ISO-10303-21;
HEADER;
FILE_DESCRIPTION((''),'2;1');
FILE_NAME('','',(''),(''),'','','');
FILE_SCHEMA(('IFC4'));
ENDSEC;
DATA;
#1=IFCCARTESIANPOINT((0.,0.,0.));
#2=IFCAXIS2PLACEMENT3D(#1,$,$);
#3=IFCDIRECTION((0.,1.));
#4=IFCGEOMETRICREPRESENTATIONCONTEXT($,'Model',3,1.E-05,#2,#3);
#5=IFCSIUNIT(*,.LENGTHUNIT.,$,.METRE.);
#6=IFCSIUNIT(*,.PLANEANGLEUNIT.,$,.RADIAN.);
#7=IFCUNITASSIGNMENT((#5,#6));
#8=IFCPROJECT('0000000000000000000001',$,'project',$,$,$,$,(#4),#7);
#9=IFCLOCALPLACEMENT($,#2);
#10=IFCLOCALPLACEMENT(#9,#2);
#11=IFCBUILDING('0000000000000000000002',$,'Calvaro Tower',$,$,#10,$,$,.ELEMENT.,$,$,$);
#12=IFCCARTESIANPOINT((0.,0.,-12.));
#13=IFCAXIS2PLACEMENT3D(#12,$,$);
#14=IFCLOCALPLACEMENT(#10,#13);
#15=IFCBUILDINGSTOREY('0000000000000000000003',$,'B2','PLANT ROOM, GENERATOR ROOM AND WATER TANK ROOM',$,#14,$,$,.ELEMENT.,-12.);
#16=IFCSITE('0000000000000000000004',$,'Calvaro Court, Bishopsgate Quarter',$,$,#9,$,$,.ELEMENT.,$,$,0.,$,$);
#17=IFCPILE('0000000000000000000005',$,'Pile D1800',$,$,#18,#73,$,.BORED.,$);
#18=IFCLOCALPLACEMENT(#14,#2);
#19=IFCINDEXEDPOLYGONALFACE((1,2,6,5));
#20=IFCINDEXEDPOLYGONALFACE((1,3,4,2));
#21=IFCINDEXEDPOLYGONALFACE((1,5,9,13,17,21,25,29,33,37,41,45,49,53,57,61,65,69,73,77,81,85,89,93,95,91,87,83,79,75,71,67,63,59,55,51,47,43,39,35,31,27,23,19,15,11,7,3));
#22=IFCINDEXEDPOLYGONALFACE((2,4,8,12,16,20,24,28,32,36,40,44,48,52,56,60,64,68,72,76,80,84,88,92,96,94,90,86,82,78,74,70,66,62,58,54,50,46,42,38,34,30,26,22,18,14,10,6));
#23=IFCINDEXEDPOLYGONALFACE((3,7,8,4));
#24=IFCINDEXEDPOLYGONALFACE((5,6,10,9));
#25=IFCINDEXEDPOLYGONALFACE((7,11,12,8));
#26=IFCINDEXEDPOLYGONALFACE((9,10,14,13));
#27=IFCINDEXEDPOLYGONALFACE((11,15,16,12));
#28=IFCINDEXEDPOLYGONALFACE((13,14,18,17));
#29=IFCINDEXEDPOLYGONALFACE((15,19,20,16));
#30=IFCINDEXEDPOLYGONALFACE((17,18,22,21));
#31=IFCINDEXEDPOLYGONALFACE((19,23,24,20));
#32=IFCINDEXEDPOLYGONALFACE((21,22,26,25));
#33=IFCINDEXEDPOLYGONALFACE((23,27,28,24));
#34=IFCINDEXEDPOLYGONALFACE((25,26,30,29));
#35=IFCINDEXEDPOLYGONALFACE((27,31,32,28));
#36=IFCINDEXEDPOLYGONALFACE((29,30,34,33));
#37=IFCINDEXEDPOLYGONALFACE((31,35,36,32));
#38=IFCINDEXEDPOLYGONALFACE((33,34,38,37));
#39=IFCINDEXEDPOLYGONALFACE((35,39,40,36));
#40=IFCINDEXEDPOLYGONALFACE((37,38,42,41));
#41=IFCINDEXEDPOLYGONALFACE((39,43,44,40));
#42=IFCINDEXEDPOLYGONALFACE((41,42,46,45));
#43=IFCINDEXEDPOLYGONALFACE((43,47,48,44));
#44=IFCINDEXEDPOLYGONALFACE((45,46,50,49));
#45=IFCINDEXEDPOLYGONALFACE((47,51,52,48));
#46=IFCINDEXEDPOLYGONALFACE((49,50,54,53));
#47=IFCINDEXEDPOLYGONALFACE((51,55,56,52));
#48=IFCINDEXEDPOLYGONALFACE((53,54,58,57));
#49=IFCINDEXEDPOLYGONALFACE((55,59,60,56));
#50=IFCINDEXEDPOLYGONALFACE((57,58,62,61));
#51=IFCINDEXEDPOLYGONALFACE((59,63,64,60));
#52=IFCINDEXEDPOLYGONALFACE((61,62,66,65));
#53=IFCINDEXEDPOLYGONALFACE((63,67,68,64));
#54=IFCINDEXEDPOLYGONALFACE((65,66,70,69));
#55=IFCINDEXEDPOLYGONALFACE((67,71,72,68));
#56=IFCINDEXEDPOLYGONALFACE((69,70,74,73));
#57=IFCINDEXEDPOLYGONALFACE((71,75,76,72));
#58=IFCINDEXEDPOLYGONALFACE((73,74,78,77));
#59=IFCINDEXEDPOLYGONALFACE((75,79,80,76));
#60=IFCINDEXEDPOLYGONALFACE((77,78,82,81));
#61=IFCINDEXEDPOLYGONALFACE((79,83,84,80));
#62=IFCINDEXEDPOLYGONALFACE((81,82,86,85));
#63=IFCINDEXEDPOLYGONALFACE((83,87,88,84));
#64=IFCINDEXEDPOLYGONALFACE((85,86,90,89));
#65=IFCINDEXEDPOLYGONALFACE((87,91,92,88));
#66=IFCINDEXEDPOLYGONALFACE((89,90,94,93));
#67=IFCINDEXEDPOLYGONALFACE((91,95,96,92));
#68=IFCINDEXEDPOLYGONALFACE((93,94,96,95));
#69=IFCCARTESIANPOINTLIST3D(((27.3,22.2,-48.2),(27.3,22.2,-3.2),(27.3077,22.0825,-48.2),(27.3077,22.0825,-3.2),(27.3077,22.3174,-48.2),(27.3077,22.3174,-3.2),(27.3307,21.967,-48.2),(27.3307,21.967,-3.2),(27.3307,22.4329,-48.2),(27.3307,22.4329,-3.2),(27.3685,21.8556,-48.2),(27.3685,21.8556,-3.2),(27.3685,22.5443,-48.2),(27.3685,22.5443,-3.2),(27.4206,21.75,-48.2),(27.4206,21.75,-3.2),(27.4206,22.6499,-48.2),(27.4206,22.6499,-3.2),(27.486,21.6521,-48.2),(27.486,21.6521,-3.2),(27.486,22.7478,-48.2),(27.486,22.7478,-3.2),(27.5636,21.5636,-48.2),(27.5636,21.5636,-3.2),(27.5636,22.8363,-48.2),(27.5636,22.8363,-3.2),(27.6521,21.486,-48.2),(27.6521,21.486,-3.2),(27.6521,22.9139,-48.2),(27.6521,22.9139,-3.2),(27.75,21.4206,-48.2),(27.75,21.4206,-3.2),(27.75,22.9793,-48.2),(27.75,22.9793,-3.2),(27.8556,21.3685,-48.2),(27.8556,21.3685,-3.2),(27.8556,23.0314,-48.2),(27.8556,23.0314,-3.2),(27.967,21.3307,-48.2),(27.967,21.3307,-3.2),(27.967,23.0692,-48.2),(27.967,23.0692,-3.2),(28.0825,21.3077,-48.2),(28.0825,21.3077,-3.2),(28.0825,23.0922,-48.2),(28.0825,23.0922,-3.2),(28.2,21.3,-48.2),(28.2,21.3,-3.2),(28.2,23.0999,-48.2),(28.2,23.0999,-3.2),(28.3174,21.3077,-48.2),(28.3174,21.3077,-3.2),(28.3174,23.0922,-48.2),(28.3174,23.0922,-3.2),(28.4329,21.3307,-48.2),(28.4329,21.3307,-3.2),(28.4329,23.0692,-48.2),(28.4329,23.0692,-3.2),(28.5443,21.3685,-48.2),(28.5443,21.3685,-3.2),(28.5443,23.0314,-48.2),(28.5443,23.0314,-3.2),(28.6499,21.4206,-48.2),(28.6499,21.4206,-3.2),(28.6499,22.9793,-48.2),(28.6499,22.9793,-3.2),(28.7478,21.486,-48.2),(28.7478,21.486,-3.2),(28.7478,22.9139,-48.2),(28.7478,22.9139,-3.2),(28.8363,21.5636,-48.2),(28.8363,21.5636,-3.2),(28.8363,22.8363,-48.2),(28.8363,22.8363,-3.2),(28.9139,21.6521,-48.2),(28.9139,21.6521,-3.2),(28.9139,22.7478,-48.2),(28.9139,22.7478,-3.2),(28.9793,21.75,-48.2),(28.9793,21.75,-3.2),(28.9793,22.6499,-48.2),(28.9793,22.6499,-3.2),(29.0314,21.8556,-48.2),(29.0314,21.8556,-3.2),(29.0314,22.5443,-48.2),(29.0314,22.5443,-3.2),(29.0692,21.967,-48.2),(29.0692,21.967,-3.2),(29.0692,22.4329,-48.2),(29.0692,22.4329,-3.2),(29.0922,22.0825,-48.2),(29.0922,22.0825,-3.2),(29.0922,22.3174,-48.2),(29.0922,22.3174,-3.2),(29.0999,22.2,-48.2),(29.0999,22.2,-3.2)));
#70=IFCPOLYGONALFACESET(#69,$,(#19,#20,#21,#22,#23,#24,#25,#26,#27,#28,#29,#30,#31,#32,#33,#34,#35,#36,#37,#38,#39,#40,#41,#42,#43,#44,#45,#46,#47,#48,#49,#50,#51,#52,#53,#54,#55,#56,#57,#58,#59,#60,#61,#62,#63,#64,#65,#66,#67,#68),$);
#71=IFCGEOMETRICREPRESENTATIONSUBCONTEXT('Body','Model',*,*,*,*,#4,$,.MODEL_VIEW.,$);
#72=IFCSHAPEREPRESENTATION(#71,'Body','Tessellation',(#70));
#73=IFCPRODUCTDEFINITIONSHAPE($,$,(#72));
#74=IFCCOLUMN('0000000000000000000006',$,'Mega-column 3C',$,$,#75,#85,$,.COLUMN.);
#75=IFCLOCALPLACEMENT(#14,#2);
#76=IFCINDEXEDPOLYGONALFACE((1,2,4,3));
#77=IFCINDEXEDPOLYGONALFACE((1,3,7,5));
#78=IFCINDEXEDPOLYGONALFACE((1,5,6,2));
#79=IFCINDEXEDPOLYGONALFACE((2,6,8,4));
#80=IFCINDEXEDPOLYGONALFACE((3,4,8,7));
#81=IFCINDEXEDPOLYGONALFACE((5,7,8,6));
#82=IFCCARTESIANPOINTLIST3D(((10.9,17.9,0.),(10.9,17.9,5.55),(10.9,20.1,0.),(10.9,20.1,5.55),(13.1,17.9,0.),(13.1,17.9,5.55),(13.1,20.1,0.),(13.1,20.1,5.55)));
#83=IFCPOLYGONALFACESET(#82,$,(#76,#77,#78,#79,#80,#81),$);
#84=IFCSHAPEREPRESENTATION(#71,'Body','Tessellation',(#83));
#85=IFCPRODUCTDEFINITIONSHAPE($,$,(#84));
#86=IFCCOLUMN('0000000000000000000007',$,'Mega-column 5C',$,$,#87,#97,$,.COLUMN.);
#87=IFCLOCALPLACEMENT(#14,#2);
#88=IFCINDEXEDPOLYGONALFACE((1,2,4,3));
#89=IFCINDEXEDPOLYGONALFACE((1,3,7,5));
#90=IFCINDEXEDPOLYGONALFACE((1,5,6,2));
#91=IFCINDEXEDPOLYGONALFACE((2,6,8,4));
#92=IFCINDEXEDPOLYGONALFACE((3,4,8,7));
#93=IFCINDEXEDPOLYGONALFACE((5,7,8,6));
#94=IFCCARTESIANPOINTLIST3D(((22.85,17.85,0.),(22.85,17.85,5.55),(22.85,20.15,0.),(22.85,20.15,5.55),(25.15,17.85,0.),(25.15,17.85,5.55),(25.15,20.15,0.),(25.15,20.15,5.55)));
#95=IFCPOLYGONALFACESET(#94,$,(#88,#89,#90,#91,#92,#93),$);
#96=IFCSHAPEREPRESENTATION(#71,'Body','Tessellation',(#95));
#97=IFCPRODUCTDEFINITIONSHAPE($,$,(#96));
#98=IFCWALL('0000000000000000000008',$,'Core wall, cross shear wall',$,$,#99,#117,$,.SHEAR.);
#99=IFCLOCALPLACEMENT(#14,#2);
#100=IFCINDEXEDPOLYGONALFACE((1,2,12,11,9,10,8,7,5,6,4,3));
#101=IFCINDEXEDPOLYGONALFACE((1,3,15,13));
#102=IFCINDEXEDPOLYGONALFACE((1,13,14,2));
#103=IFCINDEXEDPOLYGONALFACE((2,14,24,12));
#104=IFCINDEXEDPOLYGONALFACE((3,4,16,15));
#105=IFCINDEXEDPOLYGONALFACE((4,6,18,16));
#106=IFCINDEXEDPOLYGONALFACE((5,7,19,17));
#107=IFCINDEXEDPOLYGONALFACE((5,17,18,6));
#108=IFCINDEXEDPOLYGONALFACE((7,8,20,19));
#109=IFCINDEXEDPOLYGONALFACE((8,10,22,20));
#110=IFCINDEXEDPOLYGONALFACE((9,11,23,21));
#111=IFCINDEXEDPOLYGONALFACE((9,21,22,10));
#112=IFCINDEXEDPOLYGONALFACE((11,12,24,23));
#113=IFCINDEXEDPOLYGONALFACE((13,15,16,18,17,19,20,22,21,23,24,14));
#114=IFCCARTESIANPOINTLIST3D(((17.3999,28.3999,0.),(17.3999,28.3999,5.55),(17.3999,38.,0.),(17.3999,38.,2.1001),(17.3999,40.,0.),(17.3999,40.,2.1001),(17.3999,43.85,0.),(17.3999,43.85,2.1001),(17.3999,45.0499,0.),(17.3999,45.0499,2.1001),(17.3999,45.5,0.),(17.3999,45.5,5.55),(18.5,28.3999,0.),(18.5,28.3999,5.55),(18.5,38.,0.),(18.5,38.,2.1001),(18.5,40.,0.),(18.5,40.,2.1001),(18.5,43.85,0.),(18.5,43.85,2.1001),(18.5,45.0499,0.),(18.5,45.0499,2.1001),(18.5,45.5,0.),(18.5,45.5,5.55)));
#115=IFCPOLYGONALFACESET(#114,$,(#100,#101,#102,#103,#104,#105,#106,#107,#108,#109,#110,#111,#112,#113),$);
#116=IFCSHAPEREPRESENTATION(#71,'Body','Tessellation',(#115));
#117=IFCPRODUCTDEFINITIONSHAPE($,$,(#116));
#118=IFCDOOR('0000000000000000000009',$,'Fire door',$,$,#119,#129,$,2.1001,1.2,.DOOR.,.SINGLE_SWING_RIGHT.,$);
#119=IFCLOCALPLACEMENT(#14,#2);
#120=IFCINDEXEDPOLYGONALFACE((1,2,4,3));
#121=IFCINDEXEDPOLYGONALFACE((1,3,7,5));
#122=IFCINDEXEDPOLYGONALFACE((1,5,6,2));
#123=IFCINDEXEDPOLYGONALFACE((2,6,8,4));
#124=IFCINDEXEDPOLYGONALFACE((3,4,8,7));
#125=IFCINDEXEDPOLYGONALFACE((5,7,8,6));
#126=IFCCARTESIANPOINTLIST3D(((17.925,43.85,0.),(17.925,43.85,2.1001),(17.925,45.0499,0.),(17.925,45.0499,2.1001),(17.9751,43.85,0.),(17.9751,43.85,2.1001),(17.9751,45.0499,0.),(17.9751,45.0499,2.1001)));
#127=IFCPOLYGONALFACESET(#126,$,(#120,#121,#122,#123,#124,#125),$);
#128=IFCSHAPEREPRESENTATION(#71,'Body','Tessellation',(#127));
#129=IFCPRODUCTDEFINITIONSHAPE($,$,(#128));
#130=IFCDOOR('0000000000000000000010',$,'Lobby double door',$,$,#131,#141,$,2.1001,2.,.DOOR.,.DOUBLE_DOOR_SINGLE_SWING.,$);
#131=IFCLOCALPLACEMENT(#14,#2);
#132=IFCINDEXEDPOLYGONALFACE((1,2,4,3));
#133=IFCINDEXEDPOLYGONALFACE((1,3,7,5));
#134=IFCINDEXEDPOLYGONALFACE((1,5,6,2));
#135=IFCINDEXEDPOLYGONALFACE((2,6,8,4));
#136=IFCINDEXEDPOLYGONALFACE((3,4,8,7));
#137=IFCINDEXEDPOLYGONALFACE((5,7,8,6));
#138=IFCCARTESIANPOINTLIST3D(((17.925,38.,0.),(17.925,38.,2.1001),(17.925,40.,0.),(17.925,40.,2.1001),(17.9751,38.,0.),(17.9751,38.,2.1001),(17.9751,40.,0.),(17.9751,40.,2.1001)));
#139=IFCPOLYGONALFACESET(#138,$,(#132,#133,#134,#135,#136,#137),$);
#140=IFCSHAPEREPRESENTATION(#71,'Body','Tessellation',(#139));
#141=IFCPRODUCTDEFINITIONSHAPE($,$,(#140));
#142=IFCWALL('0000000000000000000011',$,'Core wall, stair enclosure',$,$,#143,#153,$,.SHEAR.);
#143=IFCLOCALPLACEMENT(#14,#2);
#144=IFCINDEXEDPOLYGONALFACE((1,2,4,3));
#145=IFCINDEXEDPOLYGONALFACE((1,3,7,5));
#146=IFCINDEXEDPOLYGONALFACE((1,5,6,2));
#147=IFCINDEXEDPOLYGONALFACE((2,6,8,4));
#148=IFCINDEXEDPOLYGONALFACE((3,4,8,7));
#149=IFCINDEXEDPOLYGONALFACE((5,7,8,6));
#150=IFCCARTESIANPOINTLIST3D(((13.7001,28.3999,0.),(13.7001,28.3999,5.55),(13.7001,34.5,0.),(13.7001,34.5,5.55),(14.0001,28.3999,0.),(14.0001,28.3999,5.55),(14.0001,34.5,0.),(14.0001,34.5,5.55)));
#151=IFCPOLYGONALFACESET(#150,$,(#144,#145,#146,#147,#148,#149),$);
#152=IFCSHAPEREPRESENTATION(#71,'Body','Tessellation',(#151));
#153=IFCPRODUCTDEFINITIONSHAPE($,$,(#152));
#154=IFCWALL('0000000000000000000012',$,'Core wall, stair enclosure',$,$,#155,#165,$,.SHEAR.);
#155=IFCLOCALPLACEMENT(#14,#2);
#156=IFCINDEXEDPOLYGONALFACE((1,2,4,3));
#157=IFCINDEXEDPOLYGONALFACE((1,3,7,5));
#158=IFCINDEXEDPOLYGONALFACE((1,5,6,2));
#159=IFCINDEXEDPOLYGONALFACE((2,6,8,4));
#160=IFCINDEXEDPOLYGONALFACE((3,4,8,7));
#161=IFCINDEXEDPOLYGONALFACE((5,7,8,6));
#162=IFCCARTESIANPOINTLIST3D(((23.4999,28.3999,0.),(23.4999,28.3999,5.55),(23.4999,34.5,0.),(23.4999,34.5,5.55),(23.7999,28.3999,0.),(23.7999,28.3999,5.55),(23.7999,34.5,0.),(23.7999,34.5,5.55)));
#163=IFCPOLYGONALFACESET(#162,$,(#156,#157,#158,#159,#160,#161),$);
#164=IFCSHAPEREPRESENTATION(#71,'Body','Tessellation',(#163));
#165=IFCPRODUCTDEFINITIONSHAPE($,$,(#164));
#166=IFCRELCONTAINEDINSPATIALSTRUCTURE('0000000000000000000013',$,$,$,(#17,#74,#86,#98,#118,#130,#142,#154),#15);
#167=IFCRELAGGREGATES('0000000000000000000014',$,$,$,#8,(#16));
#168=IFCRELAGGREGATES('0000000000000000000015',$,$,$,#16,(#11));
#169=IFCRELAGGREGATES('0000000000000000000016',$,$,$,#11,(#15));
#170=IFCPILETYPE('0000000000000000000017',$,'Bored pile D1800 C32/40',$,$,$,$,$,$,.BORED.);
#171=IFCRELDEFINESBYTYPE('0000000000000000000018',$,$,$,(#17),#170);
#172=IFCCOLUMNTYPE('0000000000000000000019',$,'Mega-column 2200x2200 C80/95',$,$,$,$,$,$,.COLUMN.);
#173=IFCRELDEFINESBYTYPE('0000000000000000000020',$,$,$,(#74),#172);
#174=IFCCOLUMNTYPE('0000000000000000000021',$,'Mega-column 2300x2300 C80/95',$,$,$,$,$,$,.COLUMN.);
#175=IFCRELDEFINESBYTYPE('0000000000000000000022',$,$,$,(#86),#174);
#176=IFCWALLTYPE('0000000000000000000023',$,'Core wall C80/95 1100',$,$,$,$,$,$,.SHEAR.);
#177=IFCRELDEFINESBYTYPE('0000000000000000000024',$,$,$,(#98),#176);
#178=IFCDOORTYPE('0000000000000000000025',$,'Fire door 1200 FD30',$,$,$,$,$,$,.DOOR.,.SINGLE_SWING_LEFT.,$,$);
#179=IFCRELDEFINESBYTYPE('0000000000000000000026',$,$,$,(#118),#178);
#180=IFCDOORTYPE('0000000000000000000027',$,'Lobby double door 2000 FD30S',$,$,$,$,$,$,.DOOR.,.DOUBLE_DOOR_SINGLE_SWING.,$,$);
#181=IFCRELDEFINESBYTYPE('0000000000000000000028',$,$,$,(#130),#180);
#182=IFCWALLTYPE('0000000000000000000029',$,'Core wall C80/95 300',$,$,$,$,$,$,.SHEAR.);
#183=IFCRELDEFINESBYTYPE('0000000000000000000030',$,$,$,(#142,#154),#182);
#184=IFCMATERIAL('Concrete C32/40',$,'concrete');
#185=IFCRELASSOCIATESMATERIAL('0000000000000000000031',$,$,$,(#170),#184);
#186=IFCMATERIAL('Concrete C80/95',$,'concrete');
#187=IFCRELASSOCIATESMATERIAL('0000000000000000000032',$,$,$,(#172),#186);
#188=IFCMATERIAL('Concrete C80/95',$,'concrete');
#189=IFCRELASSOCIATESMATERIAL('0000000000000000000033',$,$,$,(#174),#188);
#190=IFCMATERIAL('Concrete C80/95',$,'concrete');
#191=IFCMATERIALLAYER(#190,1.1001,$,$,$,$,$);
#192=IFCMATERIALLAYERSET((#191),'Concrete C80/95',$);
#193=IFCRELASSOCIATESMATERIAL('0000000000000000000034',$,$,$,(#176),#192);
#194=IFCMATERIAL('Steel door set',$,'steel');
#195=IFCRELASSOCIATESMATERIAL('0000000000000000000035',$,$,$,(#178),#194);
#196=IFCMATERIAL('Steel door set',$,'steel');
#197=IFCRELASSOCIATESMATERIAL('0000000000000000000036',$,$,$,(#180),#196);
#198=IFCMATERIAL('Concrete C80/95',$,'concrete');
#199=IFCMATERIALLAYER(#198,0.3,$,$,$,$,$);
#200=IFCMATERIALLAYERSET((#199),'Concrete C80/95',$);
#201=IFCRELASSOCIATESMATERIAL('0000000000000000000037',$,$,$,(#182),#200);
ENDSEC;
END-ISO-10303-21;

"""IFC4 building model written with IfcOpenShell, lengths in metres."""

from ifc_helpers import new_model, si_unit, direction, frame, frame_2d, origin, origin_2d, place, context, subcontext, project, spatial, rectangle, circle, extrude, material, layer, layer_set, material_profile, profile_set, type_object, element, fill, save


model = new_model("IFC4")

# Units and contexts
model_context = context("Model", 3, precision=1e-05, world=origin(), true_north=direction((0.0, 1.0)))
body_context = subcontext(model_context, "Body", "Model", "MODEL_VIEW")
ifc_project = project(units=[si_unit("LENGTHUNIT", "METRE"), si_unit("PLANEANGLEUNIT", "RADIAN")], contexts=[model_context])

# Site, building, storey
site_placement = place(None, origin())
site = spatial("IfcSite", under=ifc_project, at=site_placement, Name="Calvaro Court, Bishopsgate Quarter", CompositionType="ELEMENT", RefElevation=0.0)
building_placement = place(site_placement, origin())
building = spatial("IfcBuilding", under=site, at=building_placement, Name="Calvaro Tower", CompositionType="ELEMENT")
storey_placement = place(building_placement, frame((0.0, 0.0, -12.0)))
storey = spatial("IfcBuildingStorey", under=building, at=storey_placement, Name="B2", Description="PLANT ROOM, GENERATOR ROOM AND WATER TANK ROOM", CompositionType="ELEMENT", Elevation=-12.0)

# Pile
ifc_material_1 = material(Name="Concrete C32/40", Category="concrete")
ifc_material_profile_1 = material_profile(ifc_material_1, circle(Radius=0.8999, at=origin_2d()), Name="Bored pile D1800")
ifc_profile_set_1 = profile_set([ifc_material_profile_1], Name="Concrete C32/40")
pile_type = type_object("IfcPileType", Name="Bored pile D1800 C32/40", PredefinedType="BORED", material=ifc_profile_set_1)
for number, where, z_axis, x_axis, name in (
    (1, (28.2, 22.2, -3.2), (0.0, 0.0, -1.0), (1.0, 0.0, 0.0), "Pile D1800"),
):
    element("IfcPile", number, at=place(storey_placement, frame(where, z_axis=z_axis, x_axis=x_axis)), inside=storey, type_object=pile_type, Name=name, PredefinedType="BORED", context=body_context, shape_type="SweptSolid", body=[
        extrude(circle(Radius=0.8999, at=origin_2d()), origin(), (0.0, 0.0, 1.0), 45.0),
    ])

# Columns
ifc_material_2 = material(Name="Concrete C80/95", Category="concrete")
ifc_material_profile_2 = material_profile(ifc_material_2, rectangle(XDim=2.2, YDim=2.2, at=origin_2d()), Name="RC 2200x2200")
ifc_profile_set_2 = profile_set([ifc_material_profile_2], Name="Concrete C80/95")
column_type_1 = type_object("IfcColumnType", Name="Mega-column 2200x2200 C80/95", PredefinedType="COLUMN", material=ifc_profile_set_2)
column_1_placement = place(storey_placement, frame((12.0, 19.0, 0.0), z_axis=(0.0, 0.0, 1.0), x_axis=(1.0, 0.0, 0.0)))
element("IfcColumn", 2, at=column_1_placement, inside=storey, type_object=column_type_1, Name="Mega-column 3C", PredefinedType="COLUMN", context=body_context, shape_type="SweptSolid", body=[
    extrude(rectangle(XDim=2.2, YDim=2.2, at=origin_2d()), origin(), (0.0, 0.0, 1.0), 5.55),
])
ifc_material_3 = material(Name="Concrete C80/95", Category="concrete")
ifc_material_profile_3 = material_profile(ifc_material_3, rectangle(XDim=2.3, YDim=2.3, at=origin_2d()), Name="RC 2300x2300")
ifc_profile_set_3 = profile_set([ifc_material_profile_3], Name="Concrete C80/95")
column_type_2 = type_object("IfcColumnType", Name="Mega-column 2300x2300 C80/95", PredefinedType="COLUMN", material=ifc_profile_set_3)
column_2_placement = place(storey_placement, frame((24.0, 19.0, 0.0), z_axis=(0.0, 0.0, 1.0), x_axis=(1.0, 0.0, 0.0)))
element("IfcColumn", 3, at=column_2_placement, inside=storey, type_object=column_type_2, Name="Mega-column 5C", PredefinedType="COLUMN", context=body_context, shape_type="SweptSolid", body=[
    extrude(rectangle(XDim=2.3, YDim=2.3, at=origin_2d()), origin(), (0.0, 0.0, 1.0), 5.55),
])

# Wall, openings, doors
ifc_material_4 = material(Name="Concrete C80/95", Category="concrete")
ifc_layer_1 = layer(ifc_material_4, 1.1001)
ifc_layer_set_1 = layer_set([ifc_layer_1], Name="Concrete C80/95")
wall_type_1 = type_object("IfcWallType", Name="Core wall C80/95 1100", PredefinedType="SHEAR", material=ifc_layer_set_1)
wall_1_placement = place(storey_placement, frame((17.95, 28.3999, 0.0), z_axis=(0.0, 0.0, 1.0), x_axis=(0.0, 1.0, 0.0)))
wall_1 = element("IfcWall", 4, at=wall_1_placement, inside=storey, type_object=wall_type_1, Name="Core wall, cross shear wall", PredefinedType="SHEAR", context=body_context, shape_type="SweptSolid", body=[
    extrude(rectangle(XDim=17.1001, YDim=1.1001, at=frame_2d((8.55, 0.0))), origin(), (0.0, 0.0, 1.0), 5.55),
])
opening_1_placement = place(wall_1_placement, frame((9.6001, 0.0, 0.0)))
opening_1 = element("IfcOpeningElement", 5, at=opening_1_placement, cuts=wall_1, PredefinedType="OPENING", context=body_context, shape_type="SweptSolid", body=[
    extrude(rectangle(XDim=2.0, YDim=2.1001, at=frame_2d((1.0, 1.05))), frame((0.0, 0.5601, 0.0), z_axis=(0.0, -1.0, 0.0), x_axis=(1.0, 0.0, 0.0)), (0.0, 0.0, 1.0), 1.1201),
])
opening_2_placement = place(wall_1_placement, frame((15.45, 0.0, 0.0)))
opening_2 = element("IfcOpeningElement", 6, at=opening_2_placement, cuts=wall_1, PredefinedType="OPENING", context=body_context, shape_type="SweptSolid", body=[
    extrude(rectangle(XDim=1.2, YDim=2.1001, at=frame_2d((0.6001, 1.05))), frame((0.0, 0.5601, 0.0), z_axis=(0.0, -1.0, 0.0), x_axis=(1.0, 0.0, 0.0)), (0.0, 0.0, 1.0), 1.1201),
])
ifc_material_5 = material(Name="Steel door set", Category="steel")
door_type_1 = type_object("IfcDoorType", Name="Fire door 1200 FD30", OperationType="SINGLE_SWING_LEFT", PredefinedType="DOOR", material=ifc_material_5)
door_1_placement = place(opening_2_placement, origin())
door_1 = element("IfcDoor", 7, at=door_1_placement, inside=storey, type_object=door_type_1, Name="Fire door", OperationType="SINGLE_SWING_RIGHT", OverallHeight=2.1001, OverallWidth=1.2, PredefinedType="DOOR", context=body_context, shape_type="SweptSolid", body=[
    extrude(rectangle(XDim=1.2, YDim=2.1001, at=frame_2d((0.6001, 1.05))), frame((0.0, 0.0249, 0.0), z_axis=(0.0, -1.0, 0.0), x_axis=(1.0, 0.0, 0.0)), (0.0, 0.0, 1.0), 0.05),
])
fill(opening_2, door_1)
ifc_material_6 = material(Name="Steel door set", Category="steel")
door_type_2 = type_object("IfcDoorType", Name="Lobby double door 2000 FD30S", OperationType="DOUBLE_DOOR_SINGLE_SWING", PredefinedType="DOOR", material=ifc_material_6)
door_2_placement = place(opening_1_placement, origin())
door_2 = element("IfcDoor", 8, at=door_2_placement, inside=storey, type_object=door_type_2, Name="Lobby double door", OperationType="DOUBLE_DOOR_SINGLE_SWING", OverallHeight=2.1001, OverallWidth=2.0, PredefinedType="DOOR", context=body_context, shape_type="SweptSolid", body=[
    extrude(rectangle(XDim=2.0, YDim=2.1001, at=frame_2d((1.0, 1.05))), frame((0.0, 0.0249, 0.0), z_axis=(0.0, -1.0, 0.0), x_axis=(1.0, 0.0, 0.0)), (0.0, 0.0, 1.0), 0.05),
])
fill(opening_1, door_2)

# Walls
ifc_material_7 = material(Name="Concrete C80/95", Category="concrete")
ifc_layer_2 = layer(ifc_material_7, 0.3)
ifc_layer_set_2 = layer_set([ifc_layer_2], Name="Concrete C80/95")
wall_type_2 = type_object("IfcWallType", Name="Core wall C80/95 300", PredefinedType="SHEAR", material=ifc_layer_set_2)
for number, where, z_axis, x_axis, name in (
    (9, (13.8501, 28.3999, 0.0), (0.0, 0.0, 1.0), (0.0, 1.0, 0.0), "Core wall, stair enclosure"),
    (10, (23.6499, 28.3999, 0.0), (0.0, 0.0, 1.0), (0.0, 1.0, 0.0), "Core wall, stair enclosure"),
):
    element("IfcWall", number, at=place(storey_placement, frame(where, z_axis=z_axis, x_axis=x_axis)), inside=storey, type_object=wall_type_2, Name=name, PredefinedType="SHEAR", context=body_context, shape_type="SweptSolid", body=[
        extrude(rectangle(XDim=6.1001, YDim=0.3, at=frame_2d((3.05, 0.0))), origin(), (0.0, 0.0, 1.0), 5.55),
    ])

save(model, "model.ifc")
